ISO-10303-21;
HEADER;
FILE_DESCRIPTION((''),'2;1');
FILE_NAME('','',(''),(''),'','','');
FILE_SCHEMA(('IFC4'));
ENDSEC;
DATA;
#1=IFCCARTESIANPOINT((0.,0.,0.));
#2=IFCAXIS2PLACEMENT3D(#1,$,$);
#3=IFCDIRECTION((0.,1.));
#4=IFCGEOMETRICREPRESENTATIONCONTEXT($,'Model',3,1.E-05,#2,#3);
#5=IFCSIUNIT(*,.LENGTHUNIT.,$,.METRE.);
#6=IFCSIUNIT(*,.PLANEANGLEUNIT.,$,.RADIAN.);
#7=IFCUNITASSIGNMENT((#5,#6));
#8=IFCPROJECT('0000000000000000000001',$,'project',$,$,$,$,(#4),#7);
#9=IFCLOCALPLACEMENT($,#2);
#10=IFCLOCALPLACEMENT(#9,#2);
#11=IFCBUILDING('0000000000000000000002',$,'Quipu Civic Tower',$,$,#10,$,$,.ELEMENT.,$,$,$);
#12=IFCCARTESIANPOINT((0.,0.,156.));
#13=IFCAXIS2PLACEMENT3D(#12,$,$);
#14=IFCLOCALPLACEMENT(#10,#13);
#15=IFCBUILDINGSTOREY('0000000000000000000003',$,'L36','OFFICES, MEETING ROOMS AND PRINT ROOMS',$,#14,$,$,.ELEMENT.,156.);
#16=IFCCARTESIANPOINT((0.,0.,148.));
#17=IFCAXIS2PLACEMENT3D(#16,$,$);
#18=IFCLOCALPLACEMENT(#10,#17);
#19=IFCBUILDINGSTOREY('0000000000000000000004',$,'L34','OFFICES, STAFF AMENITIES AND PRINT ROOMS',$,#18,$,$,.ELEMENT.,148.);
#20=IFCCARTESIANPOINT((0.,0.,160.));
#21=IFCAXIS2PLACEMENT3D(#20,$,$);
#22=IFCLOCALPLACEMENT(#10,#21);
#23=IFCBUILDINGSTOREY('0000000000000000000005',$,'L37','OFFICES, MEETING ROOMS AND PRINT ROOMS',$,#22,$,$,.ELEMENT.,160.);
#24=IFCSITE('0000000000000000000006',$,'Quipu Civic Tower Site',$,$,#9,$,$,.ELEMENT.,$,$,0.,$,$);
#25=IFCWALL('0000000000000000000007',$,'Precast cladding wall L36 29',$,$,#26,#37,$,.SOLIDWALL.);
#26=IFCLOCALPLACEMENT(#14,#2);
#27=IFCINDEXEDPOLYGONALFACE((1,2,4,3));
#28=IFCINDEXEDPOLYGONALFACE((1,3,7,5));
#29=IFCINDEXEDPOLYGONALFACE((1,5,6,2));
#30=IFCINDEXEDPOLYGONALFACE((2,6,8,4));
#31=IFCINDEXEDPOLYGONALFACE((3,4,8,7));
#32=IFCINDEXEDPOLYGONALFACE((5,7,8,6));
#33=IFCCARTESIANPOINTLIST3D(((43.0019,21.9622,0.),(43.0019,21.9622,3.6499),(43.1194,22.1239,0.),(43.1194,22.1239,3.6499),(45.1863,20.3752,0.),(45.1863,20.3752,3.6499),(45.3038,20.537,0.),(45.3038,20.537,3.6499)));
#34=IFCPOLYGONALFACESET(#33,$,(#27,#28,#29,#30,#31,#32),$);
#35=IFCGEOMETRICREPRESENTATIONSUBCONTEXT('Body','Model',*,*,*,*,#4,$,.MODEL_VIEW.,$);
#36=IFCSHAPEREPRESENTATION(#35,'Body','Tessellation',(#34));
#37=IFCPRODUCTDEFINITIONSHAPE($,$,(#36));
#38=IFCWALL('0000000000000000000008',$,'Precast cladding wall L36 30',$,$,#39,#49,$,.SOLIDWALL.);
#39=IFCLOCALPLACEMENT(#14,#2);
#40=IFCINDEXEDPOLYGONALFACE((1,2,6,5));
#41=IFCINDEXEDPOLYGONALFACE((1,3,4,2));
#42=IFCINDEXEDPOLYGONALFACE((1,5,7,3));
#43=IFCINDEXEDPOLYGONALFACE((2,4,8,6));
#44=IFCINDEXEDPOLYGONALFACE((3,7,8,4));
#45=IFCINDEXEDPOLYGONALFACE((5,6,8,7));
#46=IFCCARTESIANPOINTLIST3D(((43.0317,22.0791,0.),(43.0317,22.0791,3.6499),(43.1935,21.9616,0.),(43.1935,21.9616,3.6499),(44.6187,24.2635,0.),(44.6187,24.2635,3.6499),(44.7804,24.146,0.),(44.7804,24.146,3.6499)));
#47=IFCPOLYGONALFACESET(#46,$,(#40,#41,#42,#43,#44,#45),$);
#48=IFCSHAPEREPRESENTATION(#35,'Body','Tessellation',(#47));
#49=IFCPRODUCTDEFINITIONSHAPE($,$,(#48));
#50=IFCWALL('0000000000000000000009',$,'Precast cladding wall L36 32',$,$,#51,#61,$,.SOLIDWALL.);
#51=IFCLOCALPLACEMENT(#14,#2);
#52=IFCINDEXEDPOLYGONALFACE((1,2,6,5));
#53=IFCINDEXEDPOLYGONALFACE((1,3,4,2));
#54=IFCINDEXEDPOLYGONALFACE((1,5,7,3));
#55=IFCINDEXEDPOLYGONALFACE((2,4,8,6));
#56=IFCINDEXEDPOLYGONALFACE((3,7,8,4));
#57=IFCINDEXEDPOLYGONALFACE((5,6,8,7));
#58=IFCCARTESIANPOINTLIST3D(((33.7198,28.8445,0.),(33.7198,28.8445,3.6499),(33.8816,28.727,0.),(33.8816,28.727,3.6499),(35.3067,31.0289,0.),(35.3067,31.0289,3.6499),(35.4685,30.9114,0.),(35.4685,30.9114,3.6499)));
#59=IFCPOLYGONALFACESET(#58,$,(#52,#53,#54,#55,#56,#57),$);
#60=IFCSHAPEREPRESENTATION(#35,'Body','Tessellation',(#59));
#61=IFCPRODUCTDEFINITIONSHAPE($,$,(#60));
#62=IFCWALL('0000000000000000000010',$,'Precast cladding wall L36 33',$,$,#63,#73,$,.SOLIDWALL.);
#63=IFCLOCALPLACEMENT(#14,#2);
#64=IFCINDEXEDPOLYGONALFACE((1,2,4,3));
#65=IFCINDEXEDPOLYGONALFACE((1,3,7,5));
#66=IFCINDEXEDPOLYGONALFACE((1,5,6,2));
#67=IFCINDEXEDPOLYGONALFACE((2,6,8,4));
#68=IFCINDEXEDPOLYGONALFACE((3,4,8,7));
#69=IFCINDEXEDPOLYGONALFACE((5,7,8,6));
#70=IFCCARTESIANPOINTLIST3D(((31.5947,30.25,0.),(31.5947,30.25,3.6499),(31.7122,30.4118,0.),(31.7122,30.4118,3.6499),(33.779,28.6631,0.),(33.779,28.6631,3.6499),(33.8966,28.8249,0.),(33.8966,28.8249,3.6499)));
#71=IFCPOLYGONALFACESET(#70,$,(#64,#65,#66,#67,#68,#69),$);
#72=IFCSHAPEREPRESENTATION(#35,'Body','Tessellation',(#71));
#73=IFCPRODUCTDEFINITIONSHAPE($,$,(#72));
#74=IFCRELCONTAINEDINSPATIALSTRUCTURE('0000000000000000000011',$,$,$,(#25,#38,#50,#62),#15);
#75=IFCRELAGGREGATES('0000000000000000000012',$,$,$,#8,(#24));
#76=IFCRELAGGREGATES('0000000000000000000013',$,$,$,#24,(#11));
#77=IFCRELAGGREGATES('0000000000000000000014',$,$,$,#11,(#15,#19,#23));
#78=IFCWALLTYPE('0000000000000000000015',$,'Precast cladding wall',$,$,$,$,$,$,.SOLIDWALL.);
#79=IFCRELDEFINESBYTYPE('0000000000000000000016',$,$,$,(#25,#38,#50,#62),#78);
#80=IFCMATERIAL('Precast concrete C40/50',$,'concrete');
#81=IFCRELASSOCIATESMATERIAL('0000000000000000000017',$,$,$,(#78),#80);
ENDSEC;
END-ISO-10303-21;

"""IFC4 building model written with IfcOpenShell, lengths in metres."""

from ifc_helpers import new_model, si_unit, direction, frame, frame_2d, origin, place, context, subcontext, project, spatial, rectangle, extrude, material, type_object, element, save


model = new_model("IFC4")

# Units and contexts
model_context = context("Model", 3, precision=1e-05, world=origin(), true_north=direction((0.0, 1.0)))
body_context = subcontext(model_context, "Body", "Model", "MODEL_VIEW")
ifc_project = project(units=[si_unit("LENGTHUNIT", "METRE"), si_unit("PLANEANGLEUNIT", "RADIAN")], contexts=[model_context])

# Site, building, storey
site_placement = place(None, origin())
site = spatial("IfcSite", under=ifc_project, at=site_placement, Name="Quipu Civic Tower Site", CompositionType="ELEMENT", RefElevation=0.0)
building_placement = place(site_placement, origin())
building = spatial("IfcBuilding", under=site, at=building_placement, Name="Quipu Civic Tower", CompositionType="ELEMENT")
storey_1_placement = place(building_placement, frame((0.0, 0.0, 156.0)))
storey_1 = spatial("IfcBuildingStorey", under=building, at=storey_1_placement, Name="L36", Description="OFFICES, MEETING ROOMS AND PRINT ROOMS", CompositionType="ELEMENT", Elevation=156.0)

# Shared definitions
storey_2_placement = place(building_placement, frame((0.0, 0.0, 148.0)))
storey_2 = spatial("IfcBuildingStorey", under=building, at=storey_2_placement, Name="L34", Description="OFFICES, STAFF AMENITIES AND PRINT ROOMS", CompositionType="ELEMENT", Elevation=148.0)

# Shared definitions
storey_3_placement = place(building_placement, frame((0.0, 0.0, 160.0)))
storey_3 = spatial("IfcBuildingStorey", under=building, at=storey_3_placement, Name="L37", Description="OFFICES, MEETING ROOMS AND PRINT ROOMS", CompositionType="ELEMENT", Elevation=160.0)

# Walls
ifc_material_1 = material(Name="Precast concrete C40/50", Category="concrete")
wall_type_1 = type_object("IfcWallType", Name="Precast cladding wall", PredefinedType="SOLIDWALL", material=ifc_material_1)
for number, where, z_axis, x_axis, name in (
    (1, (45.2451, 20.4561, 0.0), (0.0, 0.0, 1.0), (-0.809033, 0.587763, 0.0), "Precast cladding wall L36 29"),
    (2, (43.1125, 22.0203, 0.0), (0.0, 0.0, 1.0), (0.587763, 0.809033, 0.0), "Precast cladding wall L36 30"),
    (3, (35.3877, 30.9702, 0.0), (0.0, 0.0, 1.0), (-0.587763, -0.809033, 0.0), "Precast cladding wall L36 32"),
    (4, (33.8379, 28.7439, 0.0), (0.0, 0.0, 1.0), (-0.809033, 0.587763, 0.0), "Precast cladding wall L36 33"),
):
    element("IfcWall", number, at=place(storey_1_placement, frame(where, z_axis=z_axis, x_axis=x_axis)), inside=storey_1, type_object=wall_type_1, Name=name, PredefinedType="SOLIDWALL", context=body_context, shape_type="SweptSolid", body=[
        extrude(rectangle(XDim=2.7, YDim=0.2, at=frame_2d((1.3501, 0.0))), origin(), (0.0, 0.0, 1.0), 3.6499),
    ])

save(model, "model.ifc")
